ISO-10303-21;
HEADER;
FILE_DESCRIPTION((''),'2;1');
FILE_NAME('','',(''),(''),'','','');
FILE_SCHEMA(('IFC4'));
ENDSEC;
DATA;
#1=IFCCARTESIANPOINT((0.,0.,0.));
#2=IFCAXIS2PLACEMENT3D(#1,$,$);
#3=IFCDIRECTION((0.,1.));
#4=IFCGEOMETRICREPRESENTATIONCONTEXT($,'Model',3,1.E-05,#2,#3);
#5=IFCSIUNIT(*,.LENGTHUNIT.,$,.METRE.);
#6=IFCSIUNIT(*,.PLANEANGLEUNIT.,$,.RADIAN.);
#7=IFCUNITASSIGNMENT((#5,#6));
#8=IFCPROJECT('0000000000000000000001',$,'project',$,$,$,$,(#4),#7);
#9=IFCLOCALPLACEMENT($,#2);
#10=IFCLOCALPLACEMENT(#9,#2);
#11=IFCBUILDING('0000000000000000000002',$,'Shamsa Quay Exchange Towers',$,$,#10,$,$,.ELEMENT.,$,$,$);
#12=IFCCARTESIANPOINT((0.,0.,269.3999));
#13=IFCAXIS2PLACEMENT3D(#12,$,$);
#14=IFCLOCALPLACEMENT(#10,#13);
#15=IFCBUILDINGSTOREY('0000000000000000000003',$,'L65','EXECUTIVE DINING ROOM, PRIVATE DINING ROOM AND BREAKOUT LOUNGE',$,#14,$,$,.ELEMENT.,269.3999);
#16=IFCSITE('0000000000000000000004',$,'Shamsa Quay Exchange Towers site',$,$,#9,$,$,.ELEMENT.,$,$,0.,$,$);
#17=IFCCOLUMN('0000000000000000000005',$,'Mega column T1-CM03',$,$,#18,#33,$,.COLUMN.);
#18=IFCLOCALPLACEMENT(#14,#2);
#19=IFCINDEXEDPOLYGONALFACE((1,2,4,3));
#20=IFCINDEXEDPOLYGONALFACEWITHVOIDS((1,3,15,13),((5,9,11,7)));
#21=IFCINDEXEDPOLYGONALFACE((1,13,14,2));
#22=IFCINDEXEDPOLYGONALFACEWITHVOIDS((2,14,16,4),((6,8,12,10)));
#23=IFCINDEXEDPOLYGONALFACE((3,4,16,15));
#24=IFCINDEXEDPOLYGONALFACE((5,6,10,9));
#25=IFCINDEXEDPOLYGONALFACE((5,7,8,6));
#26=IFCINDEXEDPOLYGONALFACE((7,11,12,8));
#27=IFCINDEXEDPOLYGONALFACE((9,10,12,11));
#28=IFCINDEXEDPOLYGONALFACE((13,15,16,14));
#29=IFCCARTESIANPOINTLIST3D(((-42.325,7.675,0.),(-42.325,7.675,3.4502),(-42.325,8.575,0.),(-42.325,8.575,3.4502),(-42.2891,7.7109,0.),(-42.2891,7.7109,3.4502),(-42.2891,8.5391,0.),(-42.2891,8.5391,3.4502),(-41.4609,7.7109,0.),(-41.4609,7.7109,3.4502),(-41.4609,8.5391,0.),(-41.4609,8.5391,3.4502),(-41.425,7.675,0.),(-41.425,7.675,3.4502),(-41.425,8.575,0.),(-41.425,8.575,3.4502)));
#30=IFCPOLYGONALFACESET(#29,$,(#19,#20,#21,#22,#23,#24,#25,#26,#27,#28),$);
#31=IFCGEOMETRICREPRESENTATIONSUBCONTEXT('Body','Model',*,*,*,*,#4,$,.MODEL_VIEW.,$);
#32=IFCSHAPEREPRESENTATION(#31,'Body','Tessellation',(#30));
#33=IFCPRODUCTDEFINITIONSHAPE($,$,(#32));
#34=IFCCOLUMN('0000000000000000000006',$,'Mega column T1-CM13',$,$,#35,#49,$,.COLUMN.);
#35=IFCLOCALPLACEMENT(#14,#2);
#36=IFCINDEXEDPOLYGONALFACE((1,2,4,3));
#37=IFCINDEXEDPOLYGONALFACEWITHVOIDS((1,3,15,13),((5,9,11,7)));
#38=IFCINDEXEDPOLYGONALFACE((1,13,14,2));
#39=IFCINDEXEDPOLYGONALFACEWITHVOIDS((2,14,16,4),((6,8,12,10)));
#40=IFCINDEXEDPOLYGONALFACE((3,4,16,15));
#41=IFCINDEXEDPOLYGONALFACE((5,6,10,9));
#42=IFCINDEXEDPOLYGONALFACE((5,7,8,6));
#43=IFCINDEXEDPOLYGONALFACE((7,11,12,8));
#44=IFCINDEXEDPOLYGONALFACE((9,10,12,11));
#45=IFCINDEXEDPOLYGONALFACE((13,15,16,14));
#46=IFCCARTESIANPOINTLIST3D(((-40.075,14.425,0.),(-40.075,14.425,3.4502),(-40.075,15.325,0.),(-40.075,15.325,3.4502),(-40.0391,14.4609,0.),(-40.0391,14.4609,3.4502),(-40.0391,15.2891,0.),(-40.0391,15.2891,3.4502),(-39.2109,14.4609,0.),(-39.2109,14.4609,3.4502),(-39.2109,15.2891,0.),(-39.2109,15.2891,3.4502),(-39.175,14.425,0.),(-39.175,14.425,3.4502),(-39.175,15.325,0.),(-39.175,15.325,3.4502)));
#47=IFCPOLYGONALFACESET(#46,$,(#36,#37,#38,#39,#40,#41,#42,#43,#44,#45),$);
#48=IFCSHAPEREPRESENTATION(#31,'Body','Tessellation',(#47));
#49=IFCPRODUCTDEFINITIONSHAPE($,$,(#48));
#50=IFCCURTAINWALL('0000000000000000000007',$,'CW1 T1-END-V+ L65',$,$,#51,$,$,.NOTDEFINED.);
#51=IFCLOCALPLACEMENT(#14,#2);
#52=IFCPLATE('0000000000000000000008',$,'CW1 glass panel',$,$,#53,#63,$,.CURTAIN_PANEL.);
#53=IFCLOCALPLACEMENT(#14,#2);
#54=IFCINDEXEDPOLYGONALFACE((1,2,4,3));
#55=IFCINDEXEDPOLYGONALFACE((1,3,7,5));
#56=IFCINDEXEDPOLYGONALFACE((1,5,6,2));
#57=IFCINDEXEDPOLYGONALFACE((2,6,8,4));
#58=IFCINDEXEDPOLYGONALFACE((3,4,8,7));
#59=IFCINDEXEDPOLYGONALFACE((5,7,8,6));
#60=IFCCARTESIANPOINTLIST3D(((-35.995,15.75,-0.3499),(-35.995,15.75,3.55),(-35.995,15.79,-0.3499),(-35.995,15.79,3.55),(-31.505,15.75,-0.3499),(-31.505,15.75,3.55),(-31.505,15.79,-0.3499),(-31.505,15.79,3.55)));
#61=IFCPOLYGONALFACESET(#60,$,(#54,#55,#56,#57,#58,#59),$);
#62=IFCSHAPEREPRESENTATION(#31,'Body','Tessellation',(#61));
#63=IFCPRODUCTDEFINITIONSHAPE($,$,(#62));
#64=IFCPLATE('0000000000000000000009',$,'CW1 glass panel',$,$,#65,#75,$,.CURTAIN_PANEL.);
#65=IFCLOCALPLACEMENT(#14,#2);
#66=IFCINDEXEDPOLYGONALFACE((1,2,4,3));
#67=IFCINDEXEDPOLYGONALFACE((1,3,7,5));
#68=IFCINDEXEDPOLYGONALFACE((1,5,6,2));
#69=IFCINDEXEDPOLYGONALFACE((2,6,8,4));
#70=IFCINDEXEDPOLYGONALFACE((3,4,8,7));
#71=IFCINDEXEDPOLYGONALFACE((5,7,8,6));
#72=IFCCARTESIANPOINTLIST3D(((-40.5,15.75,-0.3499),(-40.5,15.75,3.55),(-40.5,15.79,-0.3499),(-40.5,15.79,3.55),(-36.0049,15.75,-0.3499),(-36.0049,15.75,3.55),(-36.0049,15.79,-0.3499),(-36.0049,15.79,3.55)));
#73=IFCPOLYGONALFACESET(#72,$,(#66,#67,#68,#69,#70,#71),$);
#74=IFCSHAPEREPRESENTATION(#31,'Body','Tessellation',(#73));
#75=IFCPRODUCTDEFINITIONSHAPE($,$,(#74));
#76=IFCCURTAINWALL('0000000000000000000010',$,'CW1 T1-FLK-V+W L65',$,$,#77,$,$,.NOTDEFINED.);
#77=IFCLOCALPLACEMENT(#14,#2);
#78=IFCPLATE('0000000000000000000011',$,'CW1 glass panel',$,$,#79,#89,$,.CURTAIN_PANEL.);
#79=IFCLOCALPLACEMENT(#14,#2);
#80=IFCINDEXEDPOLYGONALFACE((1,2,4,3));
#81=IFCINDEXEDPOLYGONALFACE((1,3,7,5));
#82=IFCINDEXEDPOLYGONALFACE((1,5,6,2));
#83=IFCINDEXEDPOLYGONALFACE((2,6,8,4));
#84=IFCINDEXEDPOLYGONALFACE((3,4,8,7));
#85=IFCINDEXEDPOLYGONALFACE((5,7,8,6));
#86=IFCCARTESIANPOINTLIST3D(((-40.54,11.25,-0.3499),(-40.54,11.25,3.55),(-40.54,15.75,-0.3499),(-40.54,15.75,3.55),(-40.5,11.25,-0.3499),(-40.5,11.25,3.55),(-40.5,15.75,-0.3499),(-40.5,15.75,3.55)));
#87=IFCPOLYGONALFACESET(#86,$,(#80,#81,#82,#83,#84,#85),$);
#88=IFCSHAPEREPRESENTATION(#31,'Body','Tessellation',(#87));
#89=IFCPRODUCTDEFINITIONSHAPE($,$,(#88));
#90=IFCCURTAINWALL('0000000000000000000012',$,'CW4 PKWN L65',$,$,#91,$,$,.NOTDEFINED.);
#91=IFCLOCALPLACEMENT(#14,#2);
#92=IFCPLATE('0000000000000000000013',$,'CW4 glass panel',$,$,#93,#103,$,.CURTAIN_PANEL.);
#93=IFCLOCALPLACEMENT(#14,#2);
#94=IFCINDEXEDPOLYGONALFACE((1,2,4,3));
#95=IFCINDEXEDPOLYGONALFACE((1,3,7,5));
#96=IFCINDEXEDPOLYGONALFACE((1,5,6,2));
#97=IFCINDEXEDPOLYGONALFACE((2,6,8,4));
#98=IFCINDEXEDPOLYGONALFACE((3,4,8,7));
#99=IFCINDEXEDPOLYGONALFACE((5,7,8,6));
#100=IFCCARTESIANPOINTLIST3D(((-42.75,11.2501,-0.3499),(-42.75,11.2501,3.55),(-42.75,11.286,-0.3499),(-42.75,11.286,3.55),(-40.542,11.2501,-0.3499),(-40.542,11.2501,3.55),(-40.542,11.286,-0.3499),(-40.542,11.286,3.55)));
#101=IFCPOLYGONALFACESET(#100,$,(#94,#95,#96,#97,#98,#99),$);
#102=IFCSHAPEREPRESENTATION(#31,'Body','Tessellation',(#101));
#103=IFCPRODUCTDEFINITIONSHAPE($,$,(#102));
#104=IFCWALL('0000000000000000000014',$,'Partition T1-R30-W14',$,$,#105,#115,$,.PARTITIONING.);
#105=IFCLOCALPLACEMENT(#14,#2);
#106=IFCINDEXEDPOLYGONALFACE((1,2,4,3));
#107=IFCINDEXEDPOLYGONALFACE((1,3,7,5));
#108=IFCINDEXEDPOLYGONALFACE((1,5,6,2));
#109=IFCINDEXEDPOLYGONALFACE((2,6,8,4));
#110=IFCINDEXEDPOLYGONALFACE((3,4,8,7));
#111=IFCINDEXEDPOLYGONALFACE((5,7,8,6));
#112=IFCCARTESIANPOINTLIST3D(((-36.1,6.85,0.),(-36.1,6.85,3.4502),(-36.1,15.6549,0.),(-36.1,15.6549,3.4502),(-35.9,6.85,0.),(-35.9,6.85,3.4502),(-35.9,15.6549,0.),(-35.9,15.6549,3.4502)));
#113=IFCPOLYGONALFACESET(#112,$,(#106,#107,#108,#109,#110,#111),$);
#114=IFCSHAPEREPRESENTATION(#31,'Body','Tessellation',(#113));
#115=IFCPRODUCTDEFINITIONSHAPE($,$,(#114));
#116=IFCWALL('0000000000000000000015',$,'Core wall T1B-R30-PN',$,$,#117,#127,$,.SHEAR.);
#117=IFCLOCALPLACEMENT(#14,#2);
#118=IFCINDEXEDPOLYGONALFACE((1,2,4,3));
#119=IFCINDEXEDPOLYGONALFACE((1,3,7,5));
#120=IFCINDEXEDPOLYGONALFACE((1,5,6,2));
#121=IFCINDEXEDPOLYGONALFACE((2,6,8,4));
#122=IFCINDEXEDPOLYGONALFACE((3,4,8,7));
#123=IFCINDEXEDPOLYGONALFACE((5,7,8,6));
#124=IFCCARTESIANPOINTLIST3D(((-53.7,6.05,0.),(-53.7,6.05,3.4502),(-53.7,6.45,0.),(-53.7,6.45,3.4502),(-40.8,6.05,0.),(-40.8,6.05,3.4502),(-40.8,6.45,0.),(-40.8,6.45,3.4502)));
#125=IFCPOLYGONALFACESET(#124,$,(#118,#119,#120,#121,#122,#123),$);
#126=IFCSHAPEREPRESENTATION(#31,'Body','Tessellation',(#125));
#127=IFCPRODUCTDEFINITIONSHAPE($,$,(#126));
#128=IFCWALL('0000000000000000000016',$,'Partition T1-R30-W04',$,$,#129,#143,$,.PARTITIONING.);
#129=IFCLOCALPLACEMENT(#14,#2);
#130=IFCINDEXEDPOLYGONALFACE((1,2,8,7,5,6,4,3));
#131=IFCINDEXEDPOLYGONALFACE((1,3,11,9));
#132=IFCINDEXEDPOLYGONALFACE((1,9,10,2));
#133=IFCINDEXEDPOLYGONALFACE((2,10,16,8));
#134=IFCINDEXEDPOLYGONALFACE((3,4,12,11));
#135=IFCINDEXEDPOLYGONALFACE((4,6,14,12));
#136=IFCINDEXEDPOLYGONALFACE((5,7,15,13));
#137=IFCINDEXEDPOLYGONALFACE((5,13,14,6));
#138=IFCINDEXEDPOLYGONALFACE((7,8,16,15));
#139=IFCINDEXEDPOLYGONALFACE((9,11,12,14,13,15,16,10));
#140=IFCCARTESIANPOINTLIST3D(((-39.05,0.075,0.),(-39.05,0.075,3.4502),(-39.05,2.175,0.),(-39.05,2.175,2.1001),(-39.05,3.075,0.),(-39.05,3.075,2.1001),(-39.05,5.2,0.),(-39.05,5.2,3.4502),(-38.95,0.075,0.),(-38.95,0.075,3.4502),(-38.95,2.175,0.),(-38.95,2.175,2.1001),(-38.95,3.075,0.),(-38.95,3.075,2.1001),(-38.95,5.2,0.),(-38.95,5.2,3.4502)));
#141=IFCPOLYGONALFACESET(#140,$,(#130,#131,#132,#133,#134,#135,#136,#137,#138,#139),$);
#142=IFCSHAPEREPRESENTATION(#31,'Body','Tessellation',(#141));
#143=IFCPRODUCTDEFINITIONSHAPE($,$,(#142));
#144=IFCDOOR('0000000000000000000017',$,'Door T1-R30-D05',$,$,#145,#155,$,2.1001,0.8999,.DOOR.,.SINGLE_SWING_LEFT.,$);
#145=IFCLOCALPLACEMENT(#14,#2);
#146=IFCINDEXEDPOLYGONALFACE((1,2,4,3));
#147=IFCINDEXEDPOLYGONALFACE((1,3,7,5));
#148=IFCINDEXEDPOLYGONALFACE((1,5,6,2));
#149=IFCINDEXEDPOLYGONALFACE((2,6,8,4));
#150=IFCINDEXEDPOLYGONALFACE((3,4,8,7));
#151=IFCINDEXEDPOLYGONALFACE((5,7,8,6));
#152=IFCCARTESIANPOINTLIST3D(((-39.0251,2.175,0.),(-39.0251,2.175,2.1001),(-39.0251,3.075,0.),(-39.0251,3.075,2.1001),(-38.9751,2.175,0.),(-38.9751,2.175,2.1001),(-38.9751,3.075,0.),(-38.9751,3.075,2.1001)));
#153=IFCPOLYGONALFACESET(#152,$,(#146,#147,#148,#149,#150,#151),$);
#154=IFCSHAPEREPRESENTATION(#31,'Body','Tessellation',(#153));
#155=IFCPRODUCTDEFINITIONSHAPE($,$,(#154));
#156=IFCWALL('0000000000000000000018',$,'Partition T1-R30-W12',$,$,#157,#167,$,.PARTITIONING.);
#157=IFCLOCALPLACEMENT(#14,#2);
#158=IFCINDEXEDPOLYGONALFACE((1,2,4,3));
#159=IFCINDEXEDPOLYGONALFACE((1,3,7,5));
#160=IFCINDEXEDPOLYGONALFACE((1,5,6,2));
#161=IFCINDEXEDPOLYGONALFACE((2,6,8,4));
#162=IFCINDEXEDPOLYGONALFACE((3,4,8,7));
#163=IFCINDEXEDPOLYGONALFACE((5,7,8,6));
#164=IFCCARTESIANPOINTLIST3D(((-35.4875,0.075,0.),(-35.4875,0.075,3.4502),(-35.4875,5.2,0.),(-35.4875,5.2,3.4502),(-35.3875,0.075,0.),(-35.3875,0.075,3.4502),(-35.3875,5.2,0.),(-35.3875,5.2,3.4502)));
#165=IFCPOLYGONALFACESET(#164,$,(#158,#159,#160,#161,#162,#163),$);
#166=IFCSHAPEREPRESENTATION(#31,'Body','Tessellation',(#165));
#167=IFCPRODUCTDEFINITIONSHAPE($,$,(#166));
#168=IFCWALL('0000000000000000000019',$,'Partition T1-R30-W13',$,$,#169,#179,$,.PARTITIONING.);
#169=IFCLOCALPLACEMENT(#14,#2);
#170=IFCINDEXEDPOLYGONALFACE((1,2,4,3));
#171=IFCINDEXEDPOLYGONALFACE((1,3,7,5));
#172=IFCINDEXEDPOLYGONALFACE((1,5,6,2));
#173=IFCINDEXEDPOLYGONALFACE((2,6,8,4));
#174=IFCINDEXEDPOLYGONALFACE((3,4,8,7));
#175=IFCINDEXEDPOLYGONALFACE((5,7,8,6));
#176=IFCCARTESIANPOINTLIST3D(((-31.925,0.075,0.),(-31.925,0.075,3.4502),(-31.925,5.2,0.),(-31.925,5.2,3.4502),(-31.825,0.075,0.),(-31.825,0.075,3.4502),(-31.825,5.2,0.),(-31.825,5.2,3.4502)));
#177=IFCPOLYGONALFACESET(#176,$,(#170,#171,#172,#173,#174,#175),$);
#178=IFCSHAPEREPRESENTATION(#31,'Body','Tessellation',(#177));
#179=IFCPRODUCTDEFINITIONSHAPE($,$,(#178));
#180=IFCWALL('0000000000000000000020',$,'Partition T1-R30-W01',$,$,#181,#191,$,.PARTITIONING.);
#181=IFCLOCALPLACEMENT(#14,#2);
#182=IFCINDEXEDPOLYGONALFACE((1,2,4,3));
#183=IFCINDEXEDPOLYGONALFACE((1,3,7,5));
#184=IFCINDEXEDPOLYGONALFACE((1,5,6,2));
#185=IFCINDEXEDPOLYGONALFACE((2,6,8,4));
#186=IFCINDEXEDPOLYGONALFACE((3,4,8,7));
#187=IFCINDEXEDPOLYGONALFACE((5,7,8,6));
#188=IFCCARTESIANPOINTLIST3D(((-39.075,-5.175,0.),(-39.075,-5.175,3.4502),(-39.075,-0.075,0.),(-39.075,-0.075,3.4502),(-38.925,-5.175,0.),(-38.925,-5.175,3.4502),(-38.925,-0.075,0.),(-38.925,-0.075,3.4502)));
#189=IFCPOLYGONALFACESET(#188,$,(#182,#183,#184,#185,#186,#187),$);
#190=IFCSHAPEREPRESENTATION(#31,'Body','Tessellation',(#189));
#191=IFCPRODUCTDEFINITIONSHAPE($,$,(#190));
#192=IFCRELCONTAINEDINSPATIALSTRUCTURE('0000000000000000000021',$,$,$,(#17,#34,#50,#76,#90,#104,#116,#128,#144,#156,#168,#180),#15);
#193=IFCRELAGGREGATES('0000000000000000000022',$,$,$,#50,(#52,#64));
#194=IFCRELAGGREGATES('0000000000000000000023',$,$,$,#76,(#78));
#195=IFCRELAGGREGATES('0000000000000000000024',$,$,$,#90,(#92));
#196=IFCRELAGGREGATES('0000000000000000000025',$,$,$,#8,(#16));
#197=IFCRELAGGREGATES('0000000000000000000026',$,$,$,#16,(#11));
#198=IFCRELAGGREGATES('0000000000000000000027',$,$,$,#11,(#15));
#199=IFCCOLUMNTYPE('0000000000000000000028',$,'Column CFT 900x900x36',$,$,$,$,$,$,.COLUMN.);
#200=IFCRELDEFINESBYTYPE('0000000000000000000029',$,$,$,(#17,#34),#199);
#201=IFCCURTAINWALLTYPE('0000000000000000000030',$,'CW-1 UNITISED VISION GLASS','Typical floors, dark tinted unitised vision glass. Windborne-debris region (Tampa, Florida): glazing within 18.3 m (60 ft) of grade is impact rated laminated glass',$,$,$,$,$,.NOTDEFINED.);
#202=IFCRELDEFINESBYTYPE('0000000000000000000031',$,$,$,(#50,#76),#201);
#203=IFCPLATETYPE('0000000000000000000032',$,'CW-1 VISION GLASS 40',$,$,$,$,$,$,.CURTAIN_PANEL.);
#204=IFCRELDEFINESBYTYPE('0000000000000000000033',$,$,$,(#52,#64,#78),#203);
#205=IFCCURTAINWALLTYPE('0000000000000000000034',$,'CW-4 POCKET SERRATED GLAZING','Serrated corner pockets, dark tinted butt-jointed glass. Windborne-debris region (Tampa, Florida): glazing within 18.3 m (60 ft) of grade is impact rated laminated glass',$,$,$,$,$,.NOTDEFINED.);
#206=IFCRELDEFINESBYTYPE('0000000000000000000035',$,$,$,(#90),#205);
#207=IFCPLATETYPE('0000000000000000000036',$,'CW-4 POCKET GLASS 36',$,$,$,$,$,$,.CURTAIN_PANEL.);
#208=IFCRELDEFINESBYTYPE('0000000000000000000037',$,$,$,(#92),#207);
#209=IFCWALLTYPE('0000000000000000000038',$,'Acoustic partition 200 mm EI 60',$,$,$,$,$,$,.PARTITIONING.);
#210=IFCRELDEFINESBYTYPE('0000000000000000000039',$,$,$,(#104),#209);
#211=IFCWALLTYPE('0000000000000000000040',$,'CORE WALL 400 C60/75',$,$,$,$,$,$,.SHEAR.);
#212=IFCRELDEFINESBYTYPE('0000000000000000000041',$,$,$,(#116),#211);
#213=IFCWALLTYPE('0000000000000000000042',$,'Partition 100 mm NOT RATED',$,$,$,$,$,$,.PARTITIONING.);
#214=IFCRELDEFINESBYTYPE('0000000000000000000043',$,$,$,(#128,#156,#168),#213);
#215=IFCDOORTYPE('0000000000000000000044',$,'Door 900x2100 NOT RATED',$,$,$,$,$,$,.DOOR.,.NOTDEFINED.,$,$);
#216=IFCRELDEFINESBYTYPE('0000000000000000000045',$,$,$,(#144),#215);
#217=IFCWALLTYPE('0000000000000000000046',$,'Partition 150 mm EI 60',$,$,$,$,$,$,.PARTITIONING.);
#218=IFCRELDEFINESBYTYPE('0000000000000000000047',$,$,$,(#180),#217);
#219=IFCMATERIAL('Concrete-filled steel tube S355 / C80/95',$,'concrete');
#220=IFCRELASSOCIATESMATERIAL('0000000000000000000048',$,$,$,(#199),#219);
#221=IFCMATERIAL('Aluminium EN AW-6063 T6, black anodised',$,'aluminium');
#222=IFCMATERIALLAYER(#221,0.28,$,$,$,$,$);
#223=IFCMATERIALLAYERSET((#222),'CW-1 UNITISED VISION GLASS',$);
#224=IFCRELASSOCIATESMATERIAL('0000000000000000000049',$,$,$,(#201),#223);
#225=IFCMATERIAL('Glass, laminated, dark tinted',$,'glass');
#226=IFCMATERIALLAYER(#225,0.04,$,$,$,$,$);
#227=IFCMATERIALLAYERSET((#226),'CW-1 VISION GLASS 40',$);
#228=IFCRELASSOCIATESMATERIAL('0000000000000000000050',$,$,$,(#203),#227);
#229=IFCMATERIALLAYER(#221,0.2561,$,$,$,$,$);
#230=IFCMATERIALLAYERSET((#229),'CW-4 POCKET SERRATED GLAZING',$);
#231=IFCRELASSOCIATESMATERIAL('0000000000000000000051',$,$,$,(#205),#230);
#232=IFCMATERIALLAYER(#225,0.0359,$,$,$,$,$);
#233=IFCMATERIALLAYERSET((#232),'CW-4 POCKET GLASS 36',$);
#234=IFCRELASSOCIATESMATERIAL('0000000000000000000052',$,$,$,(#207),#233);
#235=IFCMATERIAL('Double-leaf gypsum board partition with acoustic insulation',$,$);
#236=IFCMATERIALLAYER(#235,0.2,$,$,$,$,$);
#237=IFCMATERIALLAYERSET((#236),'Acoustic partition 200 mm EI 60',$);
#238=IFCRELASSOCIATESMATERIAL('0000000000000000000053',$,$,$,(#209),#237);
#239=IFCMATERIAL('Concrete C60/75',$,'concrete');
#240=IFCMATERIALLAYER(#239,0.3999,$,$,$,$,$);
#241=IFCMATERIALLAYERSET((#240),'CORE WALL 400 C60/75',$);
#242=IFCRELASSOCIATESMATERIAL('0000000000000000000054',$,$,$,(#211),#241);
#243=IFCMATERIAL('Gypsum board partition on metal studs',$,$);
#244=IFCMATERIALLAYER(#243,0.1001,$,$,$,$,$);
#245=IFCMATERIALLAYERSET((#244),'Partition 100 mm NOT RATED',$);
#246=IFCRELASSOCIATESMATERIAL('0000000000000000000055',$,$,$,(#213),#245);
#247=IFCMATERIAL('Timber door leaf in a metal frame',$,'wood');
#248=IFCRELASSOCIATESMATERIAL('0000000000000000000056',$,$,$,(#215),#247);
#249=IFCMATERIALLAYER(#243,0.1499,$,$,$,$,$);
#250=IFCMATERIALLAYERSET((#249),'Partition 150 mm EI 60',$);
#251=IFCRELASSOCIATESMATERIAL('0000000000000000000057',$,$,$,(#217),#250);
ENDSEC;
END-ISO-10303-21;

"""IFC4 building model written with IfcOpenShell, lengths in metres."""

from ifc_helpers import new_model, si_unit, direction, frame, frame_2d, origin, origin_2d, place, context, subcontext, project, spatial, rectangle, hollow_rectangle, extrude, material, layer, layer_set, material_profile, profile_set, type_object, element, fill, aggregate, save


model = new_model("IFC4")

# Units and contexts
model_context = context("Model", 3, precision=1e-05, world=origin(), true_north=direction((0.0, 1.0)))
body_context = subcontext(model_context, "Body", "Model", "MODEL_VIEW")
ifc_project = project(units=[si_unit("LENGTHUNIT", "METRE"), si_unit("PLANEANGLEUNIT", "RADIAN")], contexts=[model_context])

# Site, building, storey
site_placement = place(None, origin())
site = spatial("IfcSite", under=ifc_project, at=site_placement, Name="Shamsa Quay Exchange Towers site", CompositionType="ELEMENT", RefElevation=0.0)
building_placement = place(site_placement, origin())
building = spatial("IfcBuilding", under=site, at=building_placement, Name="Shamsa Quay Exchange Towers", CompositionType="ELEMENT")
storey_placement = place(building_placement, frame((0.0, 0.0, 269.3999)))
storey = spatial("IfcBuildingStorey", under=building, at=storey_placement, Name="L65", Description="EXECUTIVE DINING ROOM, PRIVATE DINING ROOM AND BREAKOUT LOUNGE", CompositionType="ELEMENT", Elevation=269.3999)

# Columns
ifc_material_1 = material(Name="Concrete-filled steel tube S355 / C80/95", Category="concrete")
ifc_material_profile = material_profile(ifc_material_1, hollow_rectangle(XDim=0.8999, YDim=0.8999, WallThickness=0.0359, at=origin_2d()), Name="CFT 900x900x36")
ifc_profile_set = profile_set([ifc_material_profile], Name="Concrete-filled steel tube S355 / C80/95")
column_type = type_object("IfcColumnType", Name="Column CFT 900x900x36", PredefinedType="COLUMN", material=ifc_profile_set)
for number, where, name in (
    (1, (-41.875, 8.125, 0.0), "Mega column T1-CM03"),
    (2, (-39.625, 14.875, 0.0), "Mega column T1-CM13"),
):
    element("IfcColumn", number, at=place(storey_placement, frame(where)), inside=storey, type_object=column_type, Name=name, PredefinedType="COLUMN", context=body_context, shape_type="SweptSolid", body=[
        extrude(hollow_rectangle(XDim=0.8999, YDim=0.8999, WallThickness=0.0359, at=origin_2d()), origin(), (0.0, 0.0, 1.0), 3.4502),
    ])

# Curtain wall, plates
ifc_material_2 = material(Name="Aluminium EN AW-6063 T6, black anodised", Category="aluminium")
ifc_layer_1 = layer(ifc_material_2, 0.28)
ifc_layer_set_1 = layer_set([ifc_layer_1], Name="CW-1 UNITISED VISION GLASS")
curtain_wall_type_1 = type_object("IfcCurtainWallType", Name="CW-1 UNITISED VISION GLASS", Description="Typical floors, dark tinted unitised vision glass. Windborne-debris region (Tampa, Florida): glazing within 18.3 m (60 ft) of grade is impact rated laminated glass", PredefinedType="NOTDEFINED", material=ifc_layer_set_1)
curtain_wall_1_placement = place(storey_placement, origin())
curtain_wall_1 = element("IfcCurtainWall", 3, at=curtain_wall_1_placement, inside=storey, type_object=curtain_wall_type_1, Name="CW1 T1-END-V+ L65", PredefinedType="NOTDEFINED")
ifc_material_3 = material(Name="Glass, laminated, dark tinted", Category="glass")
ifc_layer_2 = layer(ifc_material_3, 0.04)
ifc_layer_set_2 = layer_set([ifc_layer_2], Name="CW-1 VISION GLASS 40")
plate_type_1 = type_object("IfcPlateType", Name="CW-1 VISION GLASS 40", PredefinedType="CURTAIN_PANEL", material=ifc_layer_set_2)
plate_1_placement = place(storey_placement, frame((-33.75, 15.77, -0.3499), z_axis=(0.0, 0.0, 1.0), x_axis=(-1.0, 0.0, 0.0)))
plate_1 = element("IfcPlate", 4, at=plate_1_placement, type_object=plate_type_1, Name="CW1 glass panel", PredefinedType="CURTAIN_PANEL", context=body_context, shape_type="SweptSolid", body=[
    extrude(rectangle(XDim=4.49, YDim=0.04, at=origin_2d()), origin(), (0.0, 0.0, 1.0), 3.8999),
])
plate_2_placement = place(storey_placement, frame((-38.2524, 15.77, -0.3499), z_axis=(0.0, 0.0, 1.0), x_axis=(-1.0, 0.0, 0.0)))
plate_2 = element("IfcPlate", 5, at=plate_2_placement, type_object=plate_type_1, Name="CW1 glass panel", PredefinedType="CURTAIN_PANEL", context=body_context, shape_type="SweptSolid", body=[
    extrude(rectangle(XDim=4.4951, YDim=0.04, at=origin_2d()), origin(), (0.0, 0.0, 1.0), 3.8999),
])
aggregate(curtain_wall_1, [plate_1, plate_2])

# Curtain walls, plates
curtain_wall_2_placement = place(storey_placement, origin())
curtain_wall_2 = element("IfcCurtainWall", 6, at=curtain_wall_2_placement, inside=storey, type_object=curtain_wall_type_1, Name="CW1 T1-FLK-V+W L65", PredefinedType="NOTDEFINED")
plate_3_placement = place(storey_placement, frame((-40.52, 13.5, -0.3499), z_axis=(0.0, 0.0, 1.0), x_axis=(0.0, -1.0, 0.0)))
plate_3 = element("IfcPlate", 7, at=plate_3_placement, type_object=plate_type_1, Name="CW1 glass panel", PredefinedType="CURTAIN_PANEL", context=body_context, shape_type="SweptSolid", body=[
    extrude(rectangle(XDim=4.5, YDim=0.04, at=origin_2d()), origin(), (0.0, 0.0, 1.0), 3.8999),
])
aggregate(curtain_wall_2, [plate_3])
ifc_layer_3 = layer(ifc_material_2, 0.2561)
ifc_layer_set_3 = layer_set([ifc_layer_3], Name="CW-4 POCKET SERRATED GLAZING")
curtain_wall_type_2 = type_object("IfcCurtainWallType", Name="CW-4 POCKET SERRATED GLAZING", Description="Serrated corner pockets, dark tinted butt-jointed glass. Windborne-debris region (Tampa, Florida): glazing within 18.3 m (60 ft) of grade is impact rated laminated glass", PredefinedType="NOTDEFINED", material=ifc_layer_set_3)
curtain_wall_3_placement = place(storey_placement, origin())
curtain_wall_3 = element("IfcCurtainWall", 8, at=curtain_wall_3_placement, inside=storey, type_object=curtain_wall_type_2, Name="CW4 PKWN L65", PredefinedType="NOTDEFINED")
ifc_layer_4 = layer(ifc_material_3, 0.0359)
ifc_layer_set_4 = layer_set([ifc_layer_4], Name="CW-4 POCKET GLASS 36")
plate_type_2 = type_object("IfcPlateType", Name="CW-4 POCKET GLASS 36", PredefinedType="CURTAIN_PANEL", material=ifc_layer_set_4)
plate_4_placement = place(storey_placement, frame((-41.646, 11.2681, -0.3499), z_axis=(0.0, 0.0, 1.0), x_axis=(-1.0, 0.0, 0.0)))
plate_4 = element("IfcPlate", 9, at=plate_4_placement, type_object=plate_type_2, Name="CW4 glass panel", PredefinedType="CURTAIN_PANEL", context=body_context, shape_type="SweptSolid", body=[
    extrude(rectangle(XDim=2.208, YDim=0.0359, at=origin_2d()), origin(), (0.0, 0.0, 1.0), 3.8999),
])
aggregate(curtain_wall_3, [plate_4])

# Shared definitions
ifc_material_4 = material(Name="Double-leaf gypsum board partition with acoustic insulation")
ifc_layer_5 = layer(ifc_material_4, 0.2)
ifc_layer_set_5 = layer_set([ifc_layer_5], Name="Acoustic partition 200 mm EI 60")
wall_type_1 = type_object("IfcWallType", Name="Acoustic partition 200 mm EI 60", PredefinedType="PARTITIONING", material=ifc_layer_set_5)
ifc_material_5 = material(Name="Timber door leaf in a metal frame", Category="wood")

# Walls
wall_1_placement = place(storey_placement, frame((-36.0, 6.8501, 0.0), z_axis=(0.0, 0.0, 1.0), x_axis=(0.0, 1.0, 0.0)))
element("IfcWall", 10, at=wall_1_placement, inside=storey, type_object=wall_type_1, Name="Partition T1-R30-W14", PredefinedType="PARTITIONING", context=body_context, shape_type="SweptSolid", body=[
    extrude(rectangle(XDim=8.8049, YDim=0.2, at=frame_2d((4.4023, 0.0))), origin(), (0.0, 0.0, 1.0), 3.4502),
])
ifc_material_6 = material(Name="Concrete C60/75", Category="concrete")
ifc_layer_6 = layer(ifc_material_6, 0.3999)
ifc_layer_set_6 = layer_set([ifc_layer_6], Name="CORE WALL 400 C60/75")
wall_type_2 = type_object("IfcWallType", Name="CORE WALL 400 C60/75", PredefinedType="SHEAR", material=ifc_layer_set_6)
wall_2_placement = place(storey_placement, frame((-40.8, 6.25, 0.0), z_axis=(0.0, 0.0, 1.0), x_axis=(-1.0, 0.0, 0.0)))
element("IfcWall", 11, at=wall_2_placement, inside=storey, type_object=wall_type_2, Name="Core wall T1B-R30-PN", PredefinedType="SHEAR", context=body_context, shape_type="SweptSolid", body=[
    extrude(rectangle(XDim=12.8999, YDim=0.3999, at=frame_2d((6.45, 0.0))), origin(), (0.0, 0.0, 1.0), 3.4502),
])

# Wall, opening, door
ifc_material_7 = material(Name="Gypsum board partition on metal studs")
ifc_layer_7 = layer(ifc_material_7, 0.1001)
ifc_layer_set_7 = layer_set([ifc_layer_7], Name="Partition 100 mm NOT RATED")
wall_type_3 = type_object("IfcWallType", Name="Partition 100 mm NOT RATED", PredefinedType="PARTITIONING", material=ifc_layer_set_7)
wall_3_placement = place(storey_placement, frame((-39.0, 5.2, 0.0), z_axis=(0.0, 0.0, 1.0), x_axis=(0.0, -1.0, 0.0)))
wall_3 = element("IfcWall", 12, at=wall_3_placement, inside=storey, type_object=wall_type_3, Name="Partition T1-R30-W04", PredefinedType="PARTITIONING", context=body_context, shape_type="SweptSolid", body=[
    extrude(rectangle(XDim=5.125, YDim=0.1001, at=frame_2d((2.5625, 0.0))), origin(), (0.0, 0.0, 1.0), 3.4502),
])
opening_1_placement = place(wall_3_placement, frame((2.125, 0.0, 0.0)))
opening_1 = element("IfcOpeningElement", 13, at=opening_1_placement, cuts=wall_3, PredefinedType="OPENING", context=body_context, shape_type="SweptSolid", body=[
    extrude(rectangle(XDim=0.8999, YDim=2.1001, at=frame_2d((0.45, 1.05))), frame((0.0, 0.0601, 0.0), z_axis=(0.0, -1.0, 0.0), x_axis=(1.0, 0.0, 0.0)), (0.0, 0.0, 1.0), 0.1201),
])
door_type_1 = type_object("IfcDoorType", Name="Door 900x2100 NOT RATED", OperationType="NOTDEFINED", PredefinedType="DOOR", material=ifc_material_5)
door_1_placement = place(opening_1_placement, origin())
door_1 = element("IfcDoor", 14, at=door_1_placement, inside=storey, type_object=door_type_1, Name="Door T1-R30-D05", OperationType="SINGLE_SWING_LEFT", OverallHeight=2.1001, OverallWidth=0.8999, PredefinedType="DOOR", context=body_context, shape_type="SweptSolid", body=[
    extrude(rectangle(XDim=0.8999, YDim=2.1001, at=frame_2d((0.45, 1.05))), frame((0.0, 0.0249, 0.0), z_axis=(0.0, -1.0, 0.0), x_axis=(1.0, 0.0, 0.0)), (0.0, 0.0, 1.0), 0.05),
])
fill(opening_1, door_1)

# Walls
for number, where, z_axis, x_axis, name in (
    (15, (-35.4375, 0.075, 0.0), (0.0, 0.0, 1.0), (0.0, 1.0, 0.0), "Partition T1-R30-W12"),
    (16, (-31.875, 0.075, 0.0), (0.0, 0.0, 1.0), (0.0, 1.0, 0.0), "Partition T1-R30-W13"),
):
    element("IfcWall", number, at=place(storey_placement, frame(where, z_axis=z_axis, x_axis=x_axis)), inside=storey, type_object=wall_type_3, Name=name, PredefinedType="PARTITIONING", context=body_context, shape_type="SweptSolid", body=[
        extrude(rectangle(XDim=5.125, YDim=0.1001, at=frame_2d((2.5625, 0.0))), origin(), (0.0, 0.0, 1.0), 3.4502),
    ])
ifc_layer_8 = layer(ifc_material_7, 0.1499)
ifc_layer_set_8 = layer_set([ifc_layer_8], Name="Partition 150 mm EI 60")
wall_type_4 = type_object("IfcWallType", Name="Partition 150 mm EI 60", PredefinedType="PARTITIONING", material=ifc_layer_set_8)
wall_4_placement = place(storey_placement, frame((-39.0, -0.075, 0.0), z_axis=(0.0, 0.0, 1.0), x_axis=(0.0, -1.0, 0.0)))
element("IfcWall", 17, at=wall_4_placement, inside=storey, type_object=wall_type_4, Name="Partition T1-R30-W01", PredefinedType="PARTITIONING", context=body_context, shape_type="SweptSolid", body=[
    extrude(rectangle(XDim=5.1001, YDim=0.1499, at=frame_2d((2.55, 0.0))), origin(), (0.0, 0.0, 1.0), 3.4502),
])

save(model, "model.ifc")
